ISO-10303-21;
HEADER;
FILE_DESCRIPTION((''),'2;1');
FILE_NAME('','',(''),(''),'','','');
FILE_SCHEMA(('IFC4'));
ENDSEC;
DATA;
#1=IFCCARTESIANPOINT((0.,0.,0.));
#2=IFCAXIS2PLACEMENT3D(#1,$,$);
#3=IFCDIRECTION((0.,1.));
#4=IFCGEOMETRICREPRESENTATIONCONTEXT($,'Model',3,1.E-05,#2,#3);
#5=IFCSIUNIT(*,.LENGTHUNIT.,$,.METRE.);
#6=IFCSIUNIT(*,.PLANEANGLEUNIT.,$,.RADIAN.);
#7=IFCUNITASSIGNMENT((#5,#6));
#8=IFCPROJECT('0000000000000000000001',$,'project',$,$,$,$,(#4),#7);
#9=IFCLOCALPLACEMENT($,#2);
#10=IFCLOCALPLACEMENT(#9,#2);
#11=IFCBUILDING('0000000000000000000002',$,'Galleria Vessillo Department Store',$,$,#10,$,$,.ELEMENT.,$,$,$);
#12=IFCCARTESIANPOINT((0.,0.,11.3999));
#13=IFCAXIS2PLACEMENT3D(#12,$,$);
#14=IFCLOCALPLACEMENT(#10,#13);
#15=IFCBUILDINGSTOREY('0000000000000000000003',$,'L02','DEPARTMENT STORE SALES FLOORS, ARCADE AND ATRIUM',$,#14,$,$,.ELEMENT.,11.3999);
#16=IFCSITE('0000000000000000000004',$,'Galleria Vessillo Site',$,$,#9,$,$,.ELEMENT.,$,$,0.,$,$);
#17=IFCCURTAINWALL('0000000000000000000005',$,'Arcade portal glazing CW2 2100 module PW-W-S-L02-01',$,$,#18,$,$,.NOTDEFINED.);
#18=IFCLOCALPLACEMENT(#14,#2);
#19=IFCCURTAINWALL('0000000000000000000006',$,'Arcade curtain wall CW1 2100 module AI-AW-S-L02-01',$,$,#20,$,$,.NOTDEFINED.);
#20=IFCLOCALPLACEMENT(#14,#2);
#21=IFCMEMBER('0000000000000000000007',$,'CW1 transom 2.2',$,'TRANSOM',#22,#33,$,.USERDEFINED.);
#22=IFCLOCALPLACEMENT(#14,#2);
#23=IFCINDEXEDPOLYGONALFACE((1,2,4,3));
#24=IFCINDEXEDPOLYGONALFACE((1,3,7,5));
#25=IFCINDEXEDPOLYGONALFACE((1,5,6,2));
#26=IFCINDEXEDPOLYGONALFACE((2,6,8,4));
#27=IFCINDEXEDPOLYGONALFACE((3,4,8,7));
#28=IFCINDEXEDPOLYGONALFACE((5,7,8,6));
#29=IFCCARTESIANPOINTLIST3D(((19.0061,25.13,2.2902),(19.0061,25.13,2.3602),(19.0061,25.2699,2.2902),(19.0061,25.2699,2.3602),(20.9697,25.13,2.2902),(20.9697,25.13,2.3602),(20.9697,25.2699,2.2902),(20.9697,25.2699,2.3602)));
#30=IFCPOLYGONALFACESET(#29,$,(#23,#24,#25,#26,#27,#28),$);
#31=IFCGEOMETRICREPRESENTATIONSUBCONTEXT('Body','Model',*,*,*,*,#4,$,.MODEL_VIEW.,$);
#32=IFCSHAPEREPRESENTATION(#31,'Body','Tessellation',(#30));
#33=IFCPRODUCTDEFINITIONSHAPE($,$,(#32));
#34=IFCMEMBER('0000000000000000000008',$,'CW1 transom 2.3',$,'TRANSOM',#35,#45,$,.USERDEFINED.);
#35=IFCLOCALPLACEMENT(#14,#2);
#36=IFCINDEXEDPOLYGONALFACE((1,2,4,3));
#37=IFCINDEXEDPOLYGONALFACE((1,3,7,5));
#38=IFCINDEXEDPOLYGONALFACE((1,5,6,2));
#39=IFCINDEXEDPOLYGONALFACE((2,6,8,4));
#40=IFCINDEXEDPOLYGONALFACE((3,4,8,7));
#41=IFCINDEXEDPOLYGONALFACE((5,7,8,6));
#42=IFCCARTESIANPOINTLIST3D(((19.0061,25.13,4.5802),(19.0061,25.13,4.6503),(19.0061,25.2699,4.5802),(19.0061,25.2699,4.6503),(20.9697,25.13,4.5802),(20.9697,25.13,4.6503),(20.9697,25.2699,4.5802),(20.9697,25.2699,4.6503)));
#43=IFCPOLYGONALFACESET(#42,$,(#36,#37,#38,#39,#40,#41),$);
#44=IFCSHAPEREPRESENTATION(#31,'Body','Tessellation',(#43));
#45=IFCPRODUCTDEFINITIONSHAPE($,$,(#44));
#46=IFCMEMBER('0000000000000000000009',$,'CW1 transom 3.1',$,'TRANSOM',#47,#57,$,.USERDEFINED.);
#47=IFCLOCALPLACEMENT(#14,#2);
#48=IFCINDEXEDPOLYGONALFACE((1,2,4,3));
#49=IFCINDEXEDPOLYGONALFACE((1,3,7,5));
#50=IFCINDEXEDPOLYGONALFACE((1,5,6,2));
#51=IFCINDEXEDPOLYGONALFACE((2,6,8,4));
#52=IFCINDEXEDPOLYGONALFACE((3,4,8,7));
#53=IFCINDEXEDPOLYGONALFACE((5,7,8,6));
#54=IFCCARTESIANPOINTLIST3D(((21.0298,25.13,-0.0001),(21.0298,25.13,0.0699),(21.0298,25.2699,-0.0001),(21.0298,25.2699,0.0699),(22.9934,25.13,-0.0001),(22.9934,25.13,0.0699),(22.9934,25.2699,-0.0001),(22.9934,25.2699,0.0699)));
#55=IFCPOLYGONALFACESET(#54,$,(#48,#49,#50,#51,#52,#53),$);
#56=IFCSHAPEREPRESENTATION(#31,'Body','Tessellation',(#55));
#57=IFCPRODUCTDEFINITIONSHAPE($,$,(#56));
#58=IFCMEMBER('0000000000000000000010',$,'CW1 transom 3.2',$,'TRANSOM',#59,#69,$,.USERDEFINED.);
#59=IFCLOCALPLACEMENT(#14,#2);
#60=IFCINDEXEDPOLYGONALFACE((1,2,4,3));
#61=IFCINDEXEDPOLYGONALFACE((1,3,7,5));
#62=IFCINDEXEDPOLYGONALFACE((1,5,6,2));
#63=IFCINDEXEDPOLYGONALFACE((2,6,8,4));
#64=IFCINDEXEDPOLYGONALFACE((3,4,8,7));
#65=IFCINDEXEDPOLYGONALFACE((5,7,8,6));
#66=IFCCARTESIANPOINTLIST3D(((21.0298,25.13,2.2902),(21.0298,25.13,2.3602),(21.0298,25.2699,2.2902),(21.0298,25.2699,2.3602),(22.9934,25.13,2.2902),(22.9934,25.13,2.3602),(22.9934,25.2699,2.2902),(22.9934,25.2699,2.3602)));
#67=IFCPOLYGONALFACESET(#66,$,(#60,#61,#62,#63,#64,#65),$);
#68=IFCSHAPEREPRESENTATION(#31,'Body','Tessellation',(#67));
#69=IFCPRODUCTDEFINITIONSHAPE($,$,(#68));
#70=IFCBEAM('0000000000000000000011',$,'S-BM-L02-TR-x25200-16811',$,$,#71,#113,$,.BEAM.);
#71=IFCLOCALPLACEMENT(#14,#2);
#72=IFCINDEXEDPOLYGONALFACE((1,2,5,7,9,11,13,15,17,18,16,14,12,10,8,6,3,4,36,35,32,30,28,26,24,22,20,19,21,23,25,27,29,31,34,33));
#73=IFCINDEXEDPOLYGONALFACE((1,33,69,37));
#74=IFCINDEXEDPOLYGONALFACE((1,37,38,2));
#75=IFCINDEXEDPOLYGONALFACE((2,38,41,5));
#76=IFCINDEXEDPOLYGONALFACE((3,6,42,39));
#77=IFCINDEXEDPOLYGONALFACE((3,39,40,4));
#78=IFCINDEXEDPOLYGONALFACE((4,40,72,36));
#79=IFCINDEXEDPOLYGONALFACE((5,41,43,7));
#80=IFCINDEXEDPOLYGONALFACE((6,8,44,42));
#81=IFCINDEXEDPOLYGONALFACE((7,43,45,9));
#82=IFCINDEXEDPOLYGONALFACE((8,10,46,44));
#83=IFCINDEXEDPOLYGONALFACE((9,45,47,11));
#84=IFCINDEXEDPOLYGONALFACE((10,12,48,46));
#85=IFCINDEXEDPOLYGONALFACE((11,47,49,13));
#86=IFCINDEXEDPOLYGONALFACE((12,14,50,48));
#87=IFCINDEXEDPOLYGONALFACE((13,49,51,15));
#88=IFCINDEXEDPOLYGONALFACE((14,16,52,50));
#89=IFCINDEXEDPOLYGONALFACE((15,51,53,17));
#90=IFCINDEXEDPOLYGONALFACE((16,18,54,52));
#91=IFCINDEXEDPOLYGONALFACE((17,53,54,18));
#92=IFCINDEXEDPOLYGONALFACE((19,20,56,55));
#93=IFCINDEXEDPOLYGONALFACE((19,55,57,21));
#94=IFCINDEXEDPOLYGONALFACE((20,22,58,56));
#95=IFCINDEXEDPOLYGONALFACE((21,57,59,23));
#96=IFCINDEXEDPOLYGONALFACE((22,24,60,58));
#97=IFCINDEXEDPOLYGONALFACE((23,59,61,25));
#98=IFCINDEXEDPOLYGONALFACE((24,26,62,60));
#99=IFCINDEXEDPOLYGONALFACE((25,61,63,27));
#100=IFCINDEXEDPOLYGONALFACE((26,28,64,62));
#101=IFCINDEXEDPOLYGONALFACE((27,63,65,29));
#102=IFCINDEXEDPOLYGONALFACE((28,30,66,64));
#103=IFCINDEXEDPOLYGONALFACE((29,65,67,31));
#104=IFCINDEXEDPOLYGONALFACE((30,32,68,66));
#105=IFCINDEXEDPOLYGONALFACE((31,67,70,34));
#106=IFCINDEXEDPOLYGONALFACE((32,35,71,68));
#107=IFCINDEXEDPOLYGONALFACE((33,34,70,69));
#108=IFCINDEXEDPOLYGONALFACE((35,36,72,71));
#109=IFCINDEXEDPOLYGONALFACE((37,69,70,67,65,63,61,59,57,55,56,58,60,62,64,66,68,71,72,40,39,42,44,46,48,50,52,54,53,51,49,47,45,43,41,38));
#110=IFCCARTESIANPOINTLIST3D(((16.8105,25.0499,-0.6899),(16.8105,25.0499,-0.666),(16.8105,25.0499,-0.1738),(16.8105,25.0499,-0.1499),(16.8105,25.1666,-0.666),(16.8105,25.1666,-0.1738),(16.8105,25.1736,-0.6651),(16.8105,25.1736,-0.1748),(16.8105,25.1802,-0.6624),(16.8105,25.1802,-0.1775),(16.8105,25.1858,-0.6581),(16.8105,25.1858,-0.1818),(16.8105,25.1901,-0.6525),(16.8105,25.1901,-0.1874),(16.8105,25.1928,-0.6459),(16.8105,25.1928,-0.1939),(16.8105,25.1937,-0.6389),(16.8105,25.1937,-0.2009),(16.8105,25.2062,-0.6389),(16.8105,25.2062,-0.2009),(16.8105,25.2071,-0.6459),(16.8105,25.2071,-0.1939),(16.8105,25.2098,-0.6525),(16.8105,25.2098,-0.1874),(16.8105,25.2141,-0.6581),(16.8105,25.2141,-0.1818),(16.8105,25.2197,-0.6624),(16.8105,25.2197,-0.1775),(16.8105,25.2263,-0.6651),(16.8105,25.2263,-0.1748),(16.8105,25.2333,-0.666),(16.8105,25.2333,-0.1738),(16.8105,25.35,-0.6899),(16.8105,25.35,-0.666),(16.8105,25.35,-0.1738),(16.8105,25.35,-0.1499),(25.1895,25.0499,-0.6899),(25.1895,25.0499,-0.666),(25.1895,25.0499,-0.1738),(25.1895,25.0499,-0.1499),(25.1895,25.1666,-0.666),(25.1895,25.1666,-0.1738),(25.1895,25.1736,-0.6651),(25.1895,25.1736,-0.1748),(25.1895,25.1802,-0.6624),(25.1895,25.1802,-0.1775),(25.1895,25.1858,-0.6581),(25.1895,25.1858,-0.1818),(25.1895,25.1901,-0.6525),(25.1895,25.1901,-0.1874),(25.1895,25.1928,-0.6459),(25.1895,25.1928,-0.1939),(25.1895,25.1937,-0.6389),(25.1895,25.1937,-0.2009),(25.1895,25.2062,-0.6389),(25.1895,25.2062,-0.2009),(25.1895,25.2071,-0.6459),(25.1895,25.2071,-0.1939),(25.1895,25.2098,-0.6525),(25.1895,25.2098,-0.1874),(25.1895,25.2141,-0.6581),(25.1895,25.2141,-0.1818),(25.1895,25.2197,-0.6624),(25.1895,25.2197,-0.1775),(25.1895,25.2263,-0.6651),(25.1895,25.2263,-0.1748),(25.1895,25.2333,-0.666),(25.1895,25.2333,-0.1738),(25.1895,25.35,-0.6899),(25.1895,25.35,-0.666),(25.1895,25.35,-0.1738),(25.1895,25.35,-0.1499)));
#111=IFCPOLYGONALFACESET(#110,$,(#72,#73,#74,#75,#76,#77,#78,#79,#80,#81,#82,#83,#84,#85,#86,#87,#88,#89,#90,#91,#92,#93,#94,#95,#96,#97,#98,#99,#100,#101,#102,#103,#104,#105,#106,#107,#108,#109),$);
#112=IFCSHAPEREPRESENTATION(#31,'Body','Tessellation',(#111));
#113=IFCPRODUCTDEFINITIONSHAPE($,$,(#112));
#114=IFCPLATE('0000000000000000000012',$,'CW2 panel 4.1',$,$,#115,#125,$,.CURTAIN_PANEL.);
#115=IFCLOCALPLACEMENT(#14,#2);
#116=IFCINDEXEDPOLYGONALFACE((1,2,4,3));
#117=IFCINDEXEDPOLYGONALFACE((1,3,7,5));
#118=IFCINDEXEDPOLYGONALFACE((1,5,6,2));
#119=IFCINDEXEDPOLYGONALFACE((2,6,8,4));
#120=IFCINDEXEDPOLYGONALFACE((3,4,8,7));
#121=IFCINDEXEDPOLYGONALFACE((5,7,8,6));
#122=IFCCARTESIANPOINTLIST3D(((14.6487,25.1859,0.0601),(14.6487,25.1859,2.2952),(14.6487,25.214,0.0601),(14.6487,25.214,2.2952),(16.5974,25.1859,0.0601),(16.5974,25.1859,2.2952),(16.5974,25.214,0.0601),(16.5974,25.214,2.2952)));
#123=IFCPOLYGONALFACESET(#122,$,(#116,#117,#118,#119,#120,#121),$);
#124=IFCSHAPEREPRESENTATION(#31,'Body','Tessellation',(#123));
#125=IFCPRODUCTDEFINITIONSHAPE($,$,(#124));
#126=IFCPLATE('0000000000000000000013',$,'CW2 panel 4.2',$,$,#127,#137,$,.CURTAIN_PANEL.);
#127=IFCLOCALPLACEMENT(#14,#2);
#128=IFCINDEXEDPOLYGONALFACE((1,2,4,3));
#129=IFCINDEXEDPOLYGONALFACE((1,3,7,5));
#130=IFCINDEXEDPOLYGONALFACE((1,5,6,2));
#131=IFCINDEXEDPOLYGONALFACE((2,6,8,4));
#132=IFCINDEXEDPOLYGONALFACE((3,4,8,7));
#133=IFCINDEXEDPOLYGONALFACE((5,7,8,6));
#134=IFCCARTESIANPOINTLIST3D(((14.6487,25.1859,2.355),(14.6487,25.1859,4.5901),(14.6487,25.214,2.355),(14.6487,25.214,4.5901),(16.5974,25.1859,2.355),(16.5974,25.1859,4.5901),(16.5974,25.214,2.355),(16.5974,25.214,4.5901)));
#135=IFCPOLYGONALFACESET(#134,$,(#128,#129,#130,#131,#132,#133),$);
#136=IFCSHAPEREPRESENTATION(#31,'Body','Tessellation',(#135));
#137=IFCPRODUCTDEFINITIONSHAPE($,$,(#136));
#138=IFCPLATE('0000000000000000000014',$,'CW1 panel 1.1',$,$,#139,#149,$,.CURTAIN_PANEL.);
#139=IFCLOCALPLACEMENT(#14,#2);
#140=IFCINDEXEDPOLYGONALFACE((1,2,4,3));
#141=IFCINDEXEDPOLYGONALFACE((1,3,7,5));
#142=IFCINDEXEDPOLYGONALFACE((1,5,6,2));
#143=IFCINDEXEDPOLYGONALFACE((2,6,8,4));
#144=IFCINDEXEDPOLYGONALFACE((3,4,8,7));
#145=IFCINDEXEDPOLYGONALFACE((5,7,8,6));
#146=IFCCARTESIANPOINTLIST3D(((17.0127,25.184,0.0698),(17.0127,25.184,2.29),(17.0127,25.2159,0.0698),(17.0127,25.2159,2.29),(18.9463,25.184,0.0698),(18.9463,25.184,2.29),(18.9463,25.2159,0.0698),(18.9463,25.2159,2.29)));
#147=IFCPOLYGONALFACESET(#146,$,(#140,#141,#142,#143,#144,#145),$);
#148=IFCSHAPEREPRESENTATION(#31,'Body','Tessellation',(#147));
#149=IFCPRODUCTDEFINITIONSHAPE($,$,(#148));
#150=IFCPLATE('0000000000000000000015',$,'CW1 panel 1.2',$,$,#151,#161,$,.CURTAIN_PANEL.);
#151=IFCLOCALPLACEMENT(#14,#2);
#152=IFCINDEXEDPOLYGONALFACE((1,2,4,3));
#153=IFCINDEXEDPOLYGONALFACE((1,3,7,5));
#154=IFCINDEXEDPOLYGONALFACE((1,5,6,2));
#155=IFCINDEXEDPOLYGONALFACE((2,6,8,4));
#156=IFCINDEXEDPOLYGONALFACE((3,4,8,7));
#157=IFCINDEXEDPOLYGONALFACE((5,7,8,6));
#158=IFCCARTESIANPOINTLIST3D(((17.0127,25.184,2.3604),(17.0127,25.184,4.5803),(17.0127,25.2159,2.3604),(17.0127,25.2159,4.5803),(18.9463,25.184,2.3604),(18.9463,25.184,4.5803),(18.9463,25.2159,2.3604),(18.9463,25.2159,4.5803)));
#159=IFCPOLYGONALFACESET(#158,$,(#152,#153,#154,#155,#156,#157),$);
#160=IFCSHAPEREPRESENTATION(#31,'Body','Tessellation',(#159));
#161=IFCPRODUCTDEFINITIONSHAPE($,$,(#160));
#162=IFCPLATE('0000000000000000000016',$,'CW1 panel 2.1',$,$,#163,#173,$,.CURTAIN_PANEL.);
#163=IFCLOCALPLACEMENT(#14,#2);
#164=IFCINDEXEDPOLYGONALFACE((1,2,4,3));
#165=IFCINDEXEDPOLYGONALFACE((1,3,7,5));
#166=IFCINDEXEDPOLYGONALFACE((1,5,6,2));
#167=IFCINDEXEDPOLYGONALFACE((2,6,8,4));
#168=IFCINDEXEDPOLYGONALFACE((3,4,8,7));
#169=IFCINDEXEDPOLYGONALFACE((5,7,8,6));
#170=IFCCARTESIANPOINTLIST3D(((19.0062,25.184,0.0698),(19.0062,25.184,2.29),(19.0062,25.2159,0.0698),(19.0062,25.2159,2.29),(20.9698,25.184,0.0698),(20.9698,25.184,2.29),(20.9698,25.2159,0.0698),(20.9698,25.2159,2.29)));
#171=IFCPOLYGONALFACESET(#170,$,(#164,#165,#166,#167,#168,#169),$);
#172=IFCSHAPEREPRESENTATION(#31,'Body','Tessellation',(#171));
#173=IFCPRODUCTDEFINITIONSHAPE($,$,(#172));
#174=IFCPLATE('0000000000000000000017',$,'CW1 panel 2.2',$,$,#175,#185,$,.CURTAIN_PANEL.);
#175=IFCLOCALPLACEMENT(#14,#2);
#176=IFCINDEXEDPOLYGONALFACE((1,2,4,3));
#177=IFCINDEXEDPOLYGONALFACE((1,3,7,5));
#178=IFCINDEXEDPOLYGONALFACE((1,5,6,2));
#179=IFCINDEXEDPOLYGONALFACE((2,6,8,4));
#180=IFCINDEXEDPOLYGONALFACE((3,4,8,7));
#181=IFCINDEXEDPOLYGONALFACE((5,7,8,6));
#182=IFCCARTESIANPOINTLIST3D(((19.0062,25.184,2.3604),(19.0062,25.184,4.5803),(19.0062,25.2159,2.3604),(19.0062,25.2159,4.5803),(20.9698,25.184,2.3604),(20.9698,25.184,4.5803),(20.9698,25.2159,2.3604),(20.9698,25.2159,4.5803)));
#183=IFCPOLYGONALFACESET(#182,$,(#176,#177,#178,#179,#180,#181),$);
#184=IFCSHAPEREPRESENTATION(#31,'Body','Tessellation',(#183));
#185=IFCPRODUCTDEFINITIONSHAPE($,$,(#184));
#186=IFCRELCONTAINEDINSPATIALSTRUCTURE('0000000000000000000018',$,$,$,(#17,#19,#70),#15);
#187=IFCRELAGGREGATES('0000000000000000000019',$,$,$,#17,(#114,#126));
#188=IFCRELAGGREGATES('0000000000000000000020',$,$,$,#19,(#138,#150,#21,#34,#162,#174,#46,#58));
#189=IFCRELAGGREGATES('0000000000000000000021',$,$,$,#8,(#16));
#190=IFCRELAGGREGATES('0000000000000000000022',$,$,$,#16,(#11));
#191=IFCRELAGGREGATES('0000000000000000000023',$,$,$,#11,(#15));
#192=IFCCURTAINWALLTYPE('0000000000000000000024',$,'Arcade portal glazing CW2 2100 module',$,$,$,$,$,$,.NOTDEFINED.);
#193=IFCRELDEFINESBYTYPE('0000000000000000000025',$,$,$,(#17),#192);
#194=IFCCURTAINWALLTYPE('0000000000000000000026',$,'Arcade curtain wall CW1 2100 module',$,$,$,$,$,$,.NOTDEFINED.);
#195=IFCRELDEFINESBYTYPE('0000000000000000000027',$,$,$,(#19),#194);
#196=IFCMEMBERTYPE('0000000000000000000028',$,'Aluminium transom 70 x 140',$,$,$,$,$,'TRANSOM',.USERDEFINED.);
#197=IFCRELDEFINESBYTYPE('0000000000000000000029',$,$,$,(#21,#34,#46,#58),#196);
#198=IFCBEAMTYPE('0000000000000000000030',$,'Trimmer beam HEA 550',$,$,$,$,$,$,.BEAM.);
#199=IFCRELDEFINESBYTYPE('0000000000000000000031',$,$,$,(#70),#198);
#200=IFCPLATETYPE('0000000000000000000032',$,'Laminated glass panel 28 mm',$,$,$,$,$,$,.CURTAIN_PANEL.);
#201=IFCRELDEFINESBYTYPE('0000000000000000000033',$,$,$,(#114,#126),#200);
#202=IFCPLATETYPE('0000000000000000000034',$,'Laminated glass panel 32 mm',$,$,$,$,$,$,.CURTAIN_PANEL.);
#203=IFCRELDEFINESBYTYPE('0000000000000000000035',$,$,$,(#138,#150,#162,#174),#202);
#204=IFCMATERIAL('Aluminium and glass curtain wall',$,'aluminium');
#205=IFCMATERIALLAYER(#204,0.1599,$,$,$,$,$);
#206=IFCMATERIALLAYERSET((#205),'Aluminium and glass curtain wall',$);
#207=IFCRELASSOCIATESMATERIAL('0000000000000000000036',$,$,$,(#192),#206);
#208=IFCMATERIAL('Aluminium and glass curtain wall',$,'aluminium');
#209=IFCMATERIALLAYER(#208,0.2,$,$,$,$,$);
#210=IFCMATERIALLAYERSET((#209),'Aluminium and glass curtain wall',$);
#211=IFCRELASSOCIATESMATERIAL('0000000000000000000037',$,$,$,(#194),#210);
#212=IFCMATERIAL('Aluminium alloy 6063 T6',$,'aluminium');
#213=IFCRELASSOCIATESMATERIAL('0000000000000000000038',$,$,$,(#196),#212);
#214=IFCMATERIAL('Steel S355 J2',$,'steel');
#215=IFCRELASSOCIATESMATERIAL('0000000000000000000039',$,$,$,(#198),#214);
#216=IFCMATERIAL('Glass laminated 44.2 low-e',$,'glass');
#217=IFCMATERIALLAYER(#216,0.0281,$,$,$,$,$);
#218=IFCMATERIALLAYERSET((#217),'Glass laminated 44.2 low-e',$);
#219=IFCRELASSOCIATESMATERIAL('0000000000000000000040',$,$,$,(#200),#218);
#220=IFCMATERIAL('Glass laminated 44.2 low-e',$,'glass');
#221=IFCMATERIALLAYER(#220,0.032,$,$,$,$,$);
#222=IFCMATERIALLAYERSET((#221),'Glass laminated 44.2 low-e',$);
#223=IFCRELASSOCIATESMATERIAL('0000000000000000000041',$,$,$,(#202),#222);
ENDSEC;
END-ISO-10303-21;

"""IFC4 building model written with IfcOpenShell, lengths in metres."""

from ifc_helpers import new_model, si_unit, direction, frame, origin, origin_2d, place, context, subcontext, project, spatial, rectangle, i_section, extrude, material, layer, layer_set, material_profile, profile_set, type_object, element, aggregate, save


model = new_model("IFC4")

# Units and contexts
model_context = context("Model", 3, precision=1e-05, world=origin(), true_north=direction((0.0, 1.0)))
body_context = subcontext(model_context, "Body", "Model", "MODEL_VIEW")
ifc_project = project(units=[si_unit("LENGTHUNIT", "METRE"), si_unit("PLANEANGLEUNIT", "RADIAN")], contexts=[model_context])

# Site, building, storey
site_placement = place(None, origin())
site = spatial("IfcSite", under=ifc_project, at=site_placement, Name="Galleria Vessillo Site", CompositionType="ELEMENT", RefElevation=0.0)
building_placement = place(site_placement, origin())
building = spatial("IfcBuilding", under=site, at=building_placement, Name="Galleria Vessillo Department Store", CompositionType="ELEMENT")
storey_placement = place(building_placement, frame((0.0, 0.0, 11.3999)))
storey = spatial("IfcBuildingStorey", under=building, at=storey_placement, Name="L02", Description="DEPARTMENT STORE SALES FLOORS, ARCADE AND ATRIUM", CompositionType="ELEMENT", Elevation=11.3999)

# Curtain wall
ifc_material_1 = material(Name="Aluminium and glass curtain wall", Category="aluminium")
ifc_layer_1 = layer(ifc_material_1, 0.1599)
ifc_layer_set_1 = layer_set([ifc_layer_1], Name="Aluminium and glass curtain wall")
curtain_wall_type_1 = type_object("IfcCurtainWallType", Name="Arcade portal glazing CW2 2100 module", PredefinedType="NOTDEFINED", material=ifc_layer_set_1)
curtain_wall_1_placement = place(storey_placement, origin())
curtain_wall_1 = element("IfcCurtainWall", 1, at=curtain_wall_1_placement, inside=storey, type_object=curtain_wall_type_1, Name="Arcade portal glazing CW2 2100 module PW-W-S-L02-01", PredefinedType="NOTDEFINED")

# Curtain wall
ifc_material_2 = material(Name="Aluminium and glass curtain wall", Category="aluminium")
ifc_layer_2 = layer(ifc_material_2, 0.2)
ifc_layer_set_2 = layer_set([ifc_layer_2], Name="Aluminium and glass curtain wall")
curtain_wall_type_2 = type_object("IfcCurtainWallType", Name="Arcade curtain wall CW1 2100 module", PredefinedType="NOTDEFINED", material=ifc_layer_set_2)
curtain_wall_2_placement = place(storey_placement, origin())
curtain_wall_2 = element("IfcCurtainWall", 2, at=curtain_wall_2_placement, inside=storey, type_object=curtain_wall_type_2, Name="Arcade curtain wall CW1 2100 module AI-AW-S-L02-01", PredefinedType="NOTDEFINED")

# Members
ifc_material_3 = material(Name="Aluminium alloy 6063 T6", Category="aluminium")
ifc_material_profile_1 = material_profile(ifc_material_3, rectangle(XDim=0.1399, YDim=0.0701, at=origin_2d()), Name="AL 70x140")
ifc_profile_set_1 = profile_set([ifc_material_profile_1], Name="Aluminium alloy 6063 T6")
member_type_1 = type_object("IfcMemberType", Name="Aluminium transom 70 x 140", ElementType="TRANSOM", PredefinedType="USERDEFINED", material=ifc_profile_set_1)
member_1_placement = place(storey_placement, frame((19.0061, 25.2, 2.3252), z_axis=(1.0, 0.0, 0.0), x_axis=(0.0, 1.0, 0.0)))
member_1 = element("IfcMember", 3, at=member_1_placement, type_object=member_type_1, Name="CW1 transom 2.2", ObjectType="TRANSOM", PredefinedType="USERDEFINED", context=body_context, shape_type="SweptSolid", body=[
    extrude(rectangle(XDim=0.1399, YDim=0.0701, at=origin_2d()), origin(), (0.0, 0.0, 1.0), 1.9636),
])
member_2_placement = place(storey_placement, frame((19.0061, 25.2, 4.6152), z_axis=(1.0, 0.0, 0.0), x_axis=(0.0, 1.0, 0.0)))
member_2 = element("IfcMember", 4, at=member_2_placement, type_object=member_type_1, Name="CW1 transom 2.3", ObjectType="TRANSOM", PredefinedType="USERDEFINED", context=body_context, shape_type="SweptSolid", body=[
    extrude(rectangle(XDim=0.1399, YDim=0.0701, at=origin_2d()), origin(), (0.0, 0.0, 1.0), 1.9636),
])
member_3_placement = place(storey_placement, frame((21.0298, 25.2, 0.0349), z_axis=(1.0, 0.0, 0.0), x_axis=(0.0, 1.0, 0.0)))
member_3 = element("IfcMember", 5, at=member_3_placement, type_object=member_type_1, Name="CW1 transom 3.1", ObjectType="TRANSOM", PredefinedType="USERDEFINED", context=body_context, shape_type="SweptSolid", body=[
    extrude(rectangle(XDim=0.1399, YDim=0.0701, at=origin_2d()), origin(), (0.0, 0.0, 1.0), 1.9636),
])
member_4_placement = place(storey_placement, frame((21.0298, 25.2, 2.3252), z_axis=(1.0, 0.0, 0.0), x_axis=(0.0, 1.0, 0.0)))
member_4 = element("IfcMember", 6, at=member_4_placement, type_object=member_type_1, Name="CW1 transom 3.2", ObjectType="TRANSOM", PredefinedType="USERDEFINED", context=body_context, shape_type="SweptSolid", body=[
    extrude(rectangle(XDim=0.1399, YDim=0.0701, at=origin_2d()), origin(), (0.0, 0.0, 1.0), 1.9636),
])

# Beam
ifc_material_4 = material(Name="Steel S355 J2", Category="steel")
ifc_material_profile_2 = material_profile(ifc_material_4, i_section(OverallWidth=0.3, OverallDepth=0.54, WebThickness=0.0125, FlangeThickness=0.0239, FilletRadius=0.0271, at=origin_2d()), Name="HEA 550")
ifc_profile_set_2 = profile_set([ifc_material_profile_2], Name="Steel S355 J2")
beam_type = type_object("IfcBeamType", Name="Trimmer beam HEA 550", PredefinedType="BEAM", material=ifc_profile_set_2)
beam_placement = place(storey_placement, frame((16.8105, 25.2, -0.4199), z_axis=(1.0, 0.0, 0.0), x_axis=(0.0, 1.0, 0.0)))
element("IfcBeam", 7, at=beam_placement, inside=storey, type_object=beam_type, Name="S-BM-L02-TR-x25200-16811", PredefinedType="BEAM", context=body_context, shape_type="SweptSolid", body=[
    extrude(i_section(OverallWidth=0.3, OverallDepth=0.54, WebThickness=0.0125, FlangeThickness=0.0239, FilletRadius=0.0271, at=origin_2d()), origin(), (0.0, 0.0, 1.0), 8.3789),
])

# Plates
ifc_material_5 = material(Name="Glass laminated 44.2 low-e", Category="glass")
ifc_layer_3 = layer(ifc_material_5, 0.0281)
ifc_layer_set_3 = layer_set([ifc_layer_3], Name="Glass laminated 44.2 low-e")
plate_type_1 = type_object("IfcPlateType", Name="Laminated glass panel 28 mm", PredefinedType="CURTAIN_PANEL", material=ifc_layer_set_3)
plate_1_placement = place(storey_placement, frame((15.623, 25.2, 0.0601), z_axis=(0.0, 0.0, 1.0), x_axis=(1.0, 0.0, 0.0)))
plate_1 = element("IfcPlate", 8, at=plate_1_placement, type_object=plate_type_1, Name="CW2 panel 4.1", PredefinedType="CURTAIN_PANEL", context=body_context, shape_type="SweptSolid", body=[
    extrude(rectangle(XDim=1.9487, YDim=0.0281, at=origin_2d()), origin(), (0.0, 0.0, 1.0), 2.2351),
])
plate_2_placement = place(storey_placement, frame((15.623, 25.2, 2.355), z_axis=(0.0, 0.0, 1.0), x_axis=(1.0, 0.0, 0.0)))
plate_2 = element("IfcPlate", 9, at=plate_2_placement, type_object=plate_type_1, Name="CW2 panel 4.2", PredefinedType="CURTAIN_PANEL", context=body_context, shape_type="SweptSolid", body=[
    extrude(rectangle(XDim=1.9487, YDim=0.0281, at=origin_2d()), origin(), (0.0, 0.0, 1.0), 2.2351),
])
aggregate(curtain_wall_1, [plate_1, plate_2])
ifc_material_6 = material(Name="Glass laminated 44.2 low-e", Category="glass")
ifc_layer_4 = layer(ifc_material_6, 0.032)
ifc_layer_set_4 = layer_set([ifc_layer_4], Name="Glass laminated 44.2 low-e")
plate_type_2 = type_object("IfcPlateType", Name="Laminated glass panel 32 mm", PredefinedType="CURTAIN_PANEL", material=ifc_layer_set_4)
plate_3_placement = place(storey_placement, frame((17.9795, 25.2, 0.0698), z_axis=(0.0, 0.0, 1.0), x_axis=(1.0, 0.0, 0.0)))
plate_3 = element("IfcPlate", 10, at=plate_3_placement, type_object=plate_type_2, Name="CW1 panel 1.1", PredefinedType="CURTAIN_PANEL", context=body_context, shape_type="SweptSolid", body=[
    extrude(rectangle(XDim=1.9336, YDim=0.032, at=origin_2d()), origin(), (0.0, 0.0, 1.0), 2.2202),
])
plate_4_placement = place(storey_placement, frame((17.9795, 25.2, 2.3604), z_axis=(0.0, 0.0, 1.0), x_axis=(1.0, 0.0, 0.0)))
plate_4 = element("IfcPlate", 11, at=plate_4_placement, type_object=plate_type_2, Name="CW1 panel 1.2", PredefinedType="CURTAIN_PANEL", context=body_context, shape_type="SweptSolid", body=[
    extrude(rectangle(XDim=1.9336, YDim=0.032, at=origin_2d()), origin(), (0.0, 0.0, 1.0), 2.22),
])
plate_5_placement = place(storey_placement, frame((19.988, 25.2, 0.0698), z_axis=(0.0, 0.0, 1.0), x_axis=(1.0, 0.0, 0.0)))
plate_5 = element("IfcPlate", 12, at=plate_5_placement, type_object=plate_type_2, Name="CW1 panel 2.1", PredefinedType="CURTAIN_PANEL", context=body_context, shape_type="SweptSolid", body=[
    extrude(rectangle(XDim=1.9636, YDim=0.032, at=origin_2d()), origin(), (0.0, 0.0, 1.0), 2.2202),
])
plate_6_placement = place(storey_placement, frame((19.988, 25.2, 2.3604), z_axis=(0.0, 0.0, 1.0), x_axis=(1.0, 0.0, 0.0)))
plate_6 = element("IfcPlate", 13, at=plate_6_placement, type_object=plate_type_2, Name="CW1 panel 2.2", PredefinedType="CURTAIN_PANEL", context=body_context, shape_type="SweptSolid", body=[
    extrude(rectangle(XDim=1.9636, YDim=0.032, at=origin_2d()), origin(), (0.0, 0.0, 1.0), 2.22),
])
aggregate(curtain_wall_2, [plate_3, plate_4, member_1, member_2, plate_5, plate_6, member_3, member_4])

save(model, "model.ifc")
